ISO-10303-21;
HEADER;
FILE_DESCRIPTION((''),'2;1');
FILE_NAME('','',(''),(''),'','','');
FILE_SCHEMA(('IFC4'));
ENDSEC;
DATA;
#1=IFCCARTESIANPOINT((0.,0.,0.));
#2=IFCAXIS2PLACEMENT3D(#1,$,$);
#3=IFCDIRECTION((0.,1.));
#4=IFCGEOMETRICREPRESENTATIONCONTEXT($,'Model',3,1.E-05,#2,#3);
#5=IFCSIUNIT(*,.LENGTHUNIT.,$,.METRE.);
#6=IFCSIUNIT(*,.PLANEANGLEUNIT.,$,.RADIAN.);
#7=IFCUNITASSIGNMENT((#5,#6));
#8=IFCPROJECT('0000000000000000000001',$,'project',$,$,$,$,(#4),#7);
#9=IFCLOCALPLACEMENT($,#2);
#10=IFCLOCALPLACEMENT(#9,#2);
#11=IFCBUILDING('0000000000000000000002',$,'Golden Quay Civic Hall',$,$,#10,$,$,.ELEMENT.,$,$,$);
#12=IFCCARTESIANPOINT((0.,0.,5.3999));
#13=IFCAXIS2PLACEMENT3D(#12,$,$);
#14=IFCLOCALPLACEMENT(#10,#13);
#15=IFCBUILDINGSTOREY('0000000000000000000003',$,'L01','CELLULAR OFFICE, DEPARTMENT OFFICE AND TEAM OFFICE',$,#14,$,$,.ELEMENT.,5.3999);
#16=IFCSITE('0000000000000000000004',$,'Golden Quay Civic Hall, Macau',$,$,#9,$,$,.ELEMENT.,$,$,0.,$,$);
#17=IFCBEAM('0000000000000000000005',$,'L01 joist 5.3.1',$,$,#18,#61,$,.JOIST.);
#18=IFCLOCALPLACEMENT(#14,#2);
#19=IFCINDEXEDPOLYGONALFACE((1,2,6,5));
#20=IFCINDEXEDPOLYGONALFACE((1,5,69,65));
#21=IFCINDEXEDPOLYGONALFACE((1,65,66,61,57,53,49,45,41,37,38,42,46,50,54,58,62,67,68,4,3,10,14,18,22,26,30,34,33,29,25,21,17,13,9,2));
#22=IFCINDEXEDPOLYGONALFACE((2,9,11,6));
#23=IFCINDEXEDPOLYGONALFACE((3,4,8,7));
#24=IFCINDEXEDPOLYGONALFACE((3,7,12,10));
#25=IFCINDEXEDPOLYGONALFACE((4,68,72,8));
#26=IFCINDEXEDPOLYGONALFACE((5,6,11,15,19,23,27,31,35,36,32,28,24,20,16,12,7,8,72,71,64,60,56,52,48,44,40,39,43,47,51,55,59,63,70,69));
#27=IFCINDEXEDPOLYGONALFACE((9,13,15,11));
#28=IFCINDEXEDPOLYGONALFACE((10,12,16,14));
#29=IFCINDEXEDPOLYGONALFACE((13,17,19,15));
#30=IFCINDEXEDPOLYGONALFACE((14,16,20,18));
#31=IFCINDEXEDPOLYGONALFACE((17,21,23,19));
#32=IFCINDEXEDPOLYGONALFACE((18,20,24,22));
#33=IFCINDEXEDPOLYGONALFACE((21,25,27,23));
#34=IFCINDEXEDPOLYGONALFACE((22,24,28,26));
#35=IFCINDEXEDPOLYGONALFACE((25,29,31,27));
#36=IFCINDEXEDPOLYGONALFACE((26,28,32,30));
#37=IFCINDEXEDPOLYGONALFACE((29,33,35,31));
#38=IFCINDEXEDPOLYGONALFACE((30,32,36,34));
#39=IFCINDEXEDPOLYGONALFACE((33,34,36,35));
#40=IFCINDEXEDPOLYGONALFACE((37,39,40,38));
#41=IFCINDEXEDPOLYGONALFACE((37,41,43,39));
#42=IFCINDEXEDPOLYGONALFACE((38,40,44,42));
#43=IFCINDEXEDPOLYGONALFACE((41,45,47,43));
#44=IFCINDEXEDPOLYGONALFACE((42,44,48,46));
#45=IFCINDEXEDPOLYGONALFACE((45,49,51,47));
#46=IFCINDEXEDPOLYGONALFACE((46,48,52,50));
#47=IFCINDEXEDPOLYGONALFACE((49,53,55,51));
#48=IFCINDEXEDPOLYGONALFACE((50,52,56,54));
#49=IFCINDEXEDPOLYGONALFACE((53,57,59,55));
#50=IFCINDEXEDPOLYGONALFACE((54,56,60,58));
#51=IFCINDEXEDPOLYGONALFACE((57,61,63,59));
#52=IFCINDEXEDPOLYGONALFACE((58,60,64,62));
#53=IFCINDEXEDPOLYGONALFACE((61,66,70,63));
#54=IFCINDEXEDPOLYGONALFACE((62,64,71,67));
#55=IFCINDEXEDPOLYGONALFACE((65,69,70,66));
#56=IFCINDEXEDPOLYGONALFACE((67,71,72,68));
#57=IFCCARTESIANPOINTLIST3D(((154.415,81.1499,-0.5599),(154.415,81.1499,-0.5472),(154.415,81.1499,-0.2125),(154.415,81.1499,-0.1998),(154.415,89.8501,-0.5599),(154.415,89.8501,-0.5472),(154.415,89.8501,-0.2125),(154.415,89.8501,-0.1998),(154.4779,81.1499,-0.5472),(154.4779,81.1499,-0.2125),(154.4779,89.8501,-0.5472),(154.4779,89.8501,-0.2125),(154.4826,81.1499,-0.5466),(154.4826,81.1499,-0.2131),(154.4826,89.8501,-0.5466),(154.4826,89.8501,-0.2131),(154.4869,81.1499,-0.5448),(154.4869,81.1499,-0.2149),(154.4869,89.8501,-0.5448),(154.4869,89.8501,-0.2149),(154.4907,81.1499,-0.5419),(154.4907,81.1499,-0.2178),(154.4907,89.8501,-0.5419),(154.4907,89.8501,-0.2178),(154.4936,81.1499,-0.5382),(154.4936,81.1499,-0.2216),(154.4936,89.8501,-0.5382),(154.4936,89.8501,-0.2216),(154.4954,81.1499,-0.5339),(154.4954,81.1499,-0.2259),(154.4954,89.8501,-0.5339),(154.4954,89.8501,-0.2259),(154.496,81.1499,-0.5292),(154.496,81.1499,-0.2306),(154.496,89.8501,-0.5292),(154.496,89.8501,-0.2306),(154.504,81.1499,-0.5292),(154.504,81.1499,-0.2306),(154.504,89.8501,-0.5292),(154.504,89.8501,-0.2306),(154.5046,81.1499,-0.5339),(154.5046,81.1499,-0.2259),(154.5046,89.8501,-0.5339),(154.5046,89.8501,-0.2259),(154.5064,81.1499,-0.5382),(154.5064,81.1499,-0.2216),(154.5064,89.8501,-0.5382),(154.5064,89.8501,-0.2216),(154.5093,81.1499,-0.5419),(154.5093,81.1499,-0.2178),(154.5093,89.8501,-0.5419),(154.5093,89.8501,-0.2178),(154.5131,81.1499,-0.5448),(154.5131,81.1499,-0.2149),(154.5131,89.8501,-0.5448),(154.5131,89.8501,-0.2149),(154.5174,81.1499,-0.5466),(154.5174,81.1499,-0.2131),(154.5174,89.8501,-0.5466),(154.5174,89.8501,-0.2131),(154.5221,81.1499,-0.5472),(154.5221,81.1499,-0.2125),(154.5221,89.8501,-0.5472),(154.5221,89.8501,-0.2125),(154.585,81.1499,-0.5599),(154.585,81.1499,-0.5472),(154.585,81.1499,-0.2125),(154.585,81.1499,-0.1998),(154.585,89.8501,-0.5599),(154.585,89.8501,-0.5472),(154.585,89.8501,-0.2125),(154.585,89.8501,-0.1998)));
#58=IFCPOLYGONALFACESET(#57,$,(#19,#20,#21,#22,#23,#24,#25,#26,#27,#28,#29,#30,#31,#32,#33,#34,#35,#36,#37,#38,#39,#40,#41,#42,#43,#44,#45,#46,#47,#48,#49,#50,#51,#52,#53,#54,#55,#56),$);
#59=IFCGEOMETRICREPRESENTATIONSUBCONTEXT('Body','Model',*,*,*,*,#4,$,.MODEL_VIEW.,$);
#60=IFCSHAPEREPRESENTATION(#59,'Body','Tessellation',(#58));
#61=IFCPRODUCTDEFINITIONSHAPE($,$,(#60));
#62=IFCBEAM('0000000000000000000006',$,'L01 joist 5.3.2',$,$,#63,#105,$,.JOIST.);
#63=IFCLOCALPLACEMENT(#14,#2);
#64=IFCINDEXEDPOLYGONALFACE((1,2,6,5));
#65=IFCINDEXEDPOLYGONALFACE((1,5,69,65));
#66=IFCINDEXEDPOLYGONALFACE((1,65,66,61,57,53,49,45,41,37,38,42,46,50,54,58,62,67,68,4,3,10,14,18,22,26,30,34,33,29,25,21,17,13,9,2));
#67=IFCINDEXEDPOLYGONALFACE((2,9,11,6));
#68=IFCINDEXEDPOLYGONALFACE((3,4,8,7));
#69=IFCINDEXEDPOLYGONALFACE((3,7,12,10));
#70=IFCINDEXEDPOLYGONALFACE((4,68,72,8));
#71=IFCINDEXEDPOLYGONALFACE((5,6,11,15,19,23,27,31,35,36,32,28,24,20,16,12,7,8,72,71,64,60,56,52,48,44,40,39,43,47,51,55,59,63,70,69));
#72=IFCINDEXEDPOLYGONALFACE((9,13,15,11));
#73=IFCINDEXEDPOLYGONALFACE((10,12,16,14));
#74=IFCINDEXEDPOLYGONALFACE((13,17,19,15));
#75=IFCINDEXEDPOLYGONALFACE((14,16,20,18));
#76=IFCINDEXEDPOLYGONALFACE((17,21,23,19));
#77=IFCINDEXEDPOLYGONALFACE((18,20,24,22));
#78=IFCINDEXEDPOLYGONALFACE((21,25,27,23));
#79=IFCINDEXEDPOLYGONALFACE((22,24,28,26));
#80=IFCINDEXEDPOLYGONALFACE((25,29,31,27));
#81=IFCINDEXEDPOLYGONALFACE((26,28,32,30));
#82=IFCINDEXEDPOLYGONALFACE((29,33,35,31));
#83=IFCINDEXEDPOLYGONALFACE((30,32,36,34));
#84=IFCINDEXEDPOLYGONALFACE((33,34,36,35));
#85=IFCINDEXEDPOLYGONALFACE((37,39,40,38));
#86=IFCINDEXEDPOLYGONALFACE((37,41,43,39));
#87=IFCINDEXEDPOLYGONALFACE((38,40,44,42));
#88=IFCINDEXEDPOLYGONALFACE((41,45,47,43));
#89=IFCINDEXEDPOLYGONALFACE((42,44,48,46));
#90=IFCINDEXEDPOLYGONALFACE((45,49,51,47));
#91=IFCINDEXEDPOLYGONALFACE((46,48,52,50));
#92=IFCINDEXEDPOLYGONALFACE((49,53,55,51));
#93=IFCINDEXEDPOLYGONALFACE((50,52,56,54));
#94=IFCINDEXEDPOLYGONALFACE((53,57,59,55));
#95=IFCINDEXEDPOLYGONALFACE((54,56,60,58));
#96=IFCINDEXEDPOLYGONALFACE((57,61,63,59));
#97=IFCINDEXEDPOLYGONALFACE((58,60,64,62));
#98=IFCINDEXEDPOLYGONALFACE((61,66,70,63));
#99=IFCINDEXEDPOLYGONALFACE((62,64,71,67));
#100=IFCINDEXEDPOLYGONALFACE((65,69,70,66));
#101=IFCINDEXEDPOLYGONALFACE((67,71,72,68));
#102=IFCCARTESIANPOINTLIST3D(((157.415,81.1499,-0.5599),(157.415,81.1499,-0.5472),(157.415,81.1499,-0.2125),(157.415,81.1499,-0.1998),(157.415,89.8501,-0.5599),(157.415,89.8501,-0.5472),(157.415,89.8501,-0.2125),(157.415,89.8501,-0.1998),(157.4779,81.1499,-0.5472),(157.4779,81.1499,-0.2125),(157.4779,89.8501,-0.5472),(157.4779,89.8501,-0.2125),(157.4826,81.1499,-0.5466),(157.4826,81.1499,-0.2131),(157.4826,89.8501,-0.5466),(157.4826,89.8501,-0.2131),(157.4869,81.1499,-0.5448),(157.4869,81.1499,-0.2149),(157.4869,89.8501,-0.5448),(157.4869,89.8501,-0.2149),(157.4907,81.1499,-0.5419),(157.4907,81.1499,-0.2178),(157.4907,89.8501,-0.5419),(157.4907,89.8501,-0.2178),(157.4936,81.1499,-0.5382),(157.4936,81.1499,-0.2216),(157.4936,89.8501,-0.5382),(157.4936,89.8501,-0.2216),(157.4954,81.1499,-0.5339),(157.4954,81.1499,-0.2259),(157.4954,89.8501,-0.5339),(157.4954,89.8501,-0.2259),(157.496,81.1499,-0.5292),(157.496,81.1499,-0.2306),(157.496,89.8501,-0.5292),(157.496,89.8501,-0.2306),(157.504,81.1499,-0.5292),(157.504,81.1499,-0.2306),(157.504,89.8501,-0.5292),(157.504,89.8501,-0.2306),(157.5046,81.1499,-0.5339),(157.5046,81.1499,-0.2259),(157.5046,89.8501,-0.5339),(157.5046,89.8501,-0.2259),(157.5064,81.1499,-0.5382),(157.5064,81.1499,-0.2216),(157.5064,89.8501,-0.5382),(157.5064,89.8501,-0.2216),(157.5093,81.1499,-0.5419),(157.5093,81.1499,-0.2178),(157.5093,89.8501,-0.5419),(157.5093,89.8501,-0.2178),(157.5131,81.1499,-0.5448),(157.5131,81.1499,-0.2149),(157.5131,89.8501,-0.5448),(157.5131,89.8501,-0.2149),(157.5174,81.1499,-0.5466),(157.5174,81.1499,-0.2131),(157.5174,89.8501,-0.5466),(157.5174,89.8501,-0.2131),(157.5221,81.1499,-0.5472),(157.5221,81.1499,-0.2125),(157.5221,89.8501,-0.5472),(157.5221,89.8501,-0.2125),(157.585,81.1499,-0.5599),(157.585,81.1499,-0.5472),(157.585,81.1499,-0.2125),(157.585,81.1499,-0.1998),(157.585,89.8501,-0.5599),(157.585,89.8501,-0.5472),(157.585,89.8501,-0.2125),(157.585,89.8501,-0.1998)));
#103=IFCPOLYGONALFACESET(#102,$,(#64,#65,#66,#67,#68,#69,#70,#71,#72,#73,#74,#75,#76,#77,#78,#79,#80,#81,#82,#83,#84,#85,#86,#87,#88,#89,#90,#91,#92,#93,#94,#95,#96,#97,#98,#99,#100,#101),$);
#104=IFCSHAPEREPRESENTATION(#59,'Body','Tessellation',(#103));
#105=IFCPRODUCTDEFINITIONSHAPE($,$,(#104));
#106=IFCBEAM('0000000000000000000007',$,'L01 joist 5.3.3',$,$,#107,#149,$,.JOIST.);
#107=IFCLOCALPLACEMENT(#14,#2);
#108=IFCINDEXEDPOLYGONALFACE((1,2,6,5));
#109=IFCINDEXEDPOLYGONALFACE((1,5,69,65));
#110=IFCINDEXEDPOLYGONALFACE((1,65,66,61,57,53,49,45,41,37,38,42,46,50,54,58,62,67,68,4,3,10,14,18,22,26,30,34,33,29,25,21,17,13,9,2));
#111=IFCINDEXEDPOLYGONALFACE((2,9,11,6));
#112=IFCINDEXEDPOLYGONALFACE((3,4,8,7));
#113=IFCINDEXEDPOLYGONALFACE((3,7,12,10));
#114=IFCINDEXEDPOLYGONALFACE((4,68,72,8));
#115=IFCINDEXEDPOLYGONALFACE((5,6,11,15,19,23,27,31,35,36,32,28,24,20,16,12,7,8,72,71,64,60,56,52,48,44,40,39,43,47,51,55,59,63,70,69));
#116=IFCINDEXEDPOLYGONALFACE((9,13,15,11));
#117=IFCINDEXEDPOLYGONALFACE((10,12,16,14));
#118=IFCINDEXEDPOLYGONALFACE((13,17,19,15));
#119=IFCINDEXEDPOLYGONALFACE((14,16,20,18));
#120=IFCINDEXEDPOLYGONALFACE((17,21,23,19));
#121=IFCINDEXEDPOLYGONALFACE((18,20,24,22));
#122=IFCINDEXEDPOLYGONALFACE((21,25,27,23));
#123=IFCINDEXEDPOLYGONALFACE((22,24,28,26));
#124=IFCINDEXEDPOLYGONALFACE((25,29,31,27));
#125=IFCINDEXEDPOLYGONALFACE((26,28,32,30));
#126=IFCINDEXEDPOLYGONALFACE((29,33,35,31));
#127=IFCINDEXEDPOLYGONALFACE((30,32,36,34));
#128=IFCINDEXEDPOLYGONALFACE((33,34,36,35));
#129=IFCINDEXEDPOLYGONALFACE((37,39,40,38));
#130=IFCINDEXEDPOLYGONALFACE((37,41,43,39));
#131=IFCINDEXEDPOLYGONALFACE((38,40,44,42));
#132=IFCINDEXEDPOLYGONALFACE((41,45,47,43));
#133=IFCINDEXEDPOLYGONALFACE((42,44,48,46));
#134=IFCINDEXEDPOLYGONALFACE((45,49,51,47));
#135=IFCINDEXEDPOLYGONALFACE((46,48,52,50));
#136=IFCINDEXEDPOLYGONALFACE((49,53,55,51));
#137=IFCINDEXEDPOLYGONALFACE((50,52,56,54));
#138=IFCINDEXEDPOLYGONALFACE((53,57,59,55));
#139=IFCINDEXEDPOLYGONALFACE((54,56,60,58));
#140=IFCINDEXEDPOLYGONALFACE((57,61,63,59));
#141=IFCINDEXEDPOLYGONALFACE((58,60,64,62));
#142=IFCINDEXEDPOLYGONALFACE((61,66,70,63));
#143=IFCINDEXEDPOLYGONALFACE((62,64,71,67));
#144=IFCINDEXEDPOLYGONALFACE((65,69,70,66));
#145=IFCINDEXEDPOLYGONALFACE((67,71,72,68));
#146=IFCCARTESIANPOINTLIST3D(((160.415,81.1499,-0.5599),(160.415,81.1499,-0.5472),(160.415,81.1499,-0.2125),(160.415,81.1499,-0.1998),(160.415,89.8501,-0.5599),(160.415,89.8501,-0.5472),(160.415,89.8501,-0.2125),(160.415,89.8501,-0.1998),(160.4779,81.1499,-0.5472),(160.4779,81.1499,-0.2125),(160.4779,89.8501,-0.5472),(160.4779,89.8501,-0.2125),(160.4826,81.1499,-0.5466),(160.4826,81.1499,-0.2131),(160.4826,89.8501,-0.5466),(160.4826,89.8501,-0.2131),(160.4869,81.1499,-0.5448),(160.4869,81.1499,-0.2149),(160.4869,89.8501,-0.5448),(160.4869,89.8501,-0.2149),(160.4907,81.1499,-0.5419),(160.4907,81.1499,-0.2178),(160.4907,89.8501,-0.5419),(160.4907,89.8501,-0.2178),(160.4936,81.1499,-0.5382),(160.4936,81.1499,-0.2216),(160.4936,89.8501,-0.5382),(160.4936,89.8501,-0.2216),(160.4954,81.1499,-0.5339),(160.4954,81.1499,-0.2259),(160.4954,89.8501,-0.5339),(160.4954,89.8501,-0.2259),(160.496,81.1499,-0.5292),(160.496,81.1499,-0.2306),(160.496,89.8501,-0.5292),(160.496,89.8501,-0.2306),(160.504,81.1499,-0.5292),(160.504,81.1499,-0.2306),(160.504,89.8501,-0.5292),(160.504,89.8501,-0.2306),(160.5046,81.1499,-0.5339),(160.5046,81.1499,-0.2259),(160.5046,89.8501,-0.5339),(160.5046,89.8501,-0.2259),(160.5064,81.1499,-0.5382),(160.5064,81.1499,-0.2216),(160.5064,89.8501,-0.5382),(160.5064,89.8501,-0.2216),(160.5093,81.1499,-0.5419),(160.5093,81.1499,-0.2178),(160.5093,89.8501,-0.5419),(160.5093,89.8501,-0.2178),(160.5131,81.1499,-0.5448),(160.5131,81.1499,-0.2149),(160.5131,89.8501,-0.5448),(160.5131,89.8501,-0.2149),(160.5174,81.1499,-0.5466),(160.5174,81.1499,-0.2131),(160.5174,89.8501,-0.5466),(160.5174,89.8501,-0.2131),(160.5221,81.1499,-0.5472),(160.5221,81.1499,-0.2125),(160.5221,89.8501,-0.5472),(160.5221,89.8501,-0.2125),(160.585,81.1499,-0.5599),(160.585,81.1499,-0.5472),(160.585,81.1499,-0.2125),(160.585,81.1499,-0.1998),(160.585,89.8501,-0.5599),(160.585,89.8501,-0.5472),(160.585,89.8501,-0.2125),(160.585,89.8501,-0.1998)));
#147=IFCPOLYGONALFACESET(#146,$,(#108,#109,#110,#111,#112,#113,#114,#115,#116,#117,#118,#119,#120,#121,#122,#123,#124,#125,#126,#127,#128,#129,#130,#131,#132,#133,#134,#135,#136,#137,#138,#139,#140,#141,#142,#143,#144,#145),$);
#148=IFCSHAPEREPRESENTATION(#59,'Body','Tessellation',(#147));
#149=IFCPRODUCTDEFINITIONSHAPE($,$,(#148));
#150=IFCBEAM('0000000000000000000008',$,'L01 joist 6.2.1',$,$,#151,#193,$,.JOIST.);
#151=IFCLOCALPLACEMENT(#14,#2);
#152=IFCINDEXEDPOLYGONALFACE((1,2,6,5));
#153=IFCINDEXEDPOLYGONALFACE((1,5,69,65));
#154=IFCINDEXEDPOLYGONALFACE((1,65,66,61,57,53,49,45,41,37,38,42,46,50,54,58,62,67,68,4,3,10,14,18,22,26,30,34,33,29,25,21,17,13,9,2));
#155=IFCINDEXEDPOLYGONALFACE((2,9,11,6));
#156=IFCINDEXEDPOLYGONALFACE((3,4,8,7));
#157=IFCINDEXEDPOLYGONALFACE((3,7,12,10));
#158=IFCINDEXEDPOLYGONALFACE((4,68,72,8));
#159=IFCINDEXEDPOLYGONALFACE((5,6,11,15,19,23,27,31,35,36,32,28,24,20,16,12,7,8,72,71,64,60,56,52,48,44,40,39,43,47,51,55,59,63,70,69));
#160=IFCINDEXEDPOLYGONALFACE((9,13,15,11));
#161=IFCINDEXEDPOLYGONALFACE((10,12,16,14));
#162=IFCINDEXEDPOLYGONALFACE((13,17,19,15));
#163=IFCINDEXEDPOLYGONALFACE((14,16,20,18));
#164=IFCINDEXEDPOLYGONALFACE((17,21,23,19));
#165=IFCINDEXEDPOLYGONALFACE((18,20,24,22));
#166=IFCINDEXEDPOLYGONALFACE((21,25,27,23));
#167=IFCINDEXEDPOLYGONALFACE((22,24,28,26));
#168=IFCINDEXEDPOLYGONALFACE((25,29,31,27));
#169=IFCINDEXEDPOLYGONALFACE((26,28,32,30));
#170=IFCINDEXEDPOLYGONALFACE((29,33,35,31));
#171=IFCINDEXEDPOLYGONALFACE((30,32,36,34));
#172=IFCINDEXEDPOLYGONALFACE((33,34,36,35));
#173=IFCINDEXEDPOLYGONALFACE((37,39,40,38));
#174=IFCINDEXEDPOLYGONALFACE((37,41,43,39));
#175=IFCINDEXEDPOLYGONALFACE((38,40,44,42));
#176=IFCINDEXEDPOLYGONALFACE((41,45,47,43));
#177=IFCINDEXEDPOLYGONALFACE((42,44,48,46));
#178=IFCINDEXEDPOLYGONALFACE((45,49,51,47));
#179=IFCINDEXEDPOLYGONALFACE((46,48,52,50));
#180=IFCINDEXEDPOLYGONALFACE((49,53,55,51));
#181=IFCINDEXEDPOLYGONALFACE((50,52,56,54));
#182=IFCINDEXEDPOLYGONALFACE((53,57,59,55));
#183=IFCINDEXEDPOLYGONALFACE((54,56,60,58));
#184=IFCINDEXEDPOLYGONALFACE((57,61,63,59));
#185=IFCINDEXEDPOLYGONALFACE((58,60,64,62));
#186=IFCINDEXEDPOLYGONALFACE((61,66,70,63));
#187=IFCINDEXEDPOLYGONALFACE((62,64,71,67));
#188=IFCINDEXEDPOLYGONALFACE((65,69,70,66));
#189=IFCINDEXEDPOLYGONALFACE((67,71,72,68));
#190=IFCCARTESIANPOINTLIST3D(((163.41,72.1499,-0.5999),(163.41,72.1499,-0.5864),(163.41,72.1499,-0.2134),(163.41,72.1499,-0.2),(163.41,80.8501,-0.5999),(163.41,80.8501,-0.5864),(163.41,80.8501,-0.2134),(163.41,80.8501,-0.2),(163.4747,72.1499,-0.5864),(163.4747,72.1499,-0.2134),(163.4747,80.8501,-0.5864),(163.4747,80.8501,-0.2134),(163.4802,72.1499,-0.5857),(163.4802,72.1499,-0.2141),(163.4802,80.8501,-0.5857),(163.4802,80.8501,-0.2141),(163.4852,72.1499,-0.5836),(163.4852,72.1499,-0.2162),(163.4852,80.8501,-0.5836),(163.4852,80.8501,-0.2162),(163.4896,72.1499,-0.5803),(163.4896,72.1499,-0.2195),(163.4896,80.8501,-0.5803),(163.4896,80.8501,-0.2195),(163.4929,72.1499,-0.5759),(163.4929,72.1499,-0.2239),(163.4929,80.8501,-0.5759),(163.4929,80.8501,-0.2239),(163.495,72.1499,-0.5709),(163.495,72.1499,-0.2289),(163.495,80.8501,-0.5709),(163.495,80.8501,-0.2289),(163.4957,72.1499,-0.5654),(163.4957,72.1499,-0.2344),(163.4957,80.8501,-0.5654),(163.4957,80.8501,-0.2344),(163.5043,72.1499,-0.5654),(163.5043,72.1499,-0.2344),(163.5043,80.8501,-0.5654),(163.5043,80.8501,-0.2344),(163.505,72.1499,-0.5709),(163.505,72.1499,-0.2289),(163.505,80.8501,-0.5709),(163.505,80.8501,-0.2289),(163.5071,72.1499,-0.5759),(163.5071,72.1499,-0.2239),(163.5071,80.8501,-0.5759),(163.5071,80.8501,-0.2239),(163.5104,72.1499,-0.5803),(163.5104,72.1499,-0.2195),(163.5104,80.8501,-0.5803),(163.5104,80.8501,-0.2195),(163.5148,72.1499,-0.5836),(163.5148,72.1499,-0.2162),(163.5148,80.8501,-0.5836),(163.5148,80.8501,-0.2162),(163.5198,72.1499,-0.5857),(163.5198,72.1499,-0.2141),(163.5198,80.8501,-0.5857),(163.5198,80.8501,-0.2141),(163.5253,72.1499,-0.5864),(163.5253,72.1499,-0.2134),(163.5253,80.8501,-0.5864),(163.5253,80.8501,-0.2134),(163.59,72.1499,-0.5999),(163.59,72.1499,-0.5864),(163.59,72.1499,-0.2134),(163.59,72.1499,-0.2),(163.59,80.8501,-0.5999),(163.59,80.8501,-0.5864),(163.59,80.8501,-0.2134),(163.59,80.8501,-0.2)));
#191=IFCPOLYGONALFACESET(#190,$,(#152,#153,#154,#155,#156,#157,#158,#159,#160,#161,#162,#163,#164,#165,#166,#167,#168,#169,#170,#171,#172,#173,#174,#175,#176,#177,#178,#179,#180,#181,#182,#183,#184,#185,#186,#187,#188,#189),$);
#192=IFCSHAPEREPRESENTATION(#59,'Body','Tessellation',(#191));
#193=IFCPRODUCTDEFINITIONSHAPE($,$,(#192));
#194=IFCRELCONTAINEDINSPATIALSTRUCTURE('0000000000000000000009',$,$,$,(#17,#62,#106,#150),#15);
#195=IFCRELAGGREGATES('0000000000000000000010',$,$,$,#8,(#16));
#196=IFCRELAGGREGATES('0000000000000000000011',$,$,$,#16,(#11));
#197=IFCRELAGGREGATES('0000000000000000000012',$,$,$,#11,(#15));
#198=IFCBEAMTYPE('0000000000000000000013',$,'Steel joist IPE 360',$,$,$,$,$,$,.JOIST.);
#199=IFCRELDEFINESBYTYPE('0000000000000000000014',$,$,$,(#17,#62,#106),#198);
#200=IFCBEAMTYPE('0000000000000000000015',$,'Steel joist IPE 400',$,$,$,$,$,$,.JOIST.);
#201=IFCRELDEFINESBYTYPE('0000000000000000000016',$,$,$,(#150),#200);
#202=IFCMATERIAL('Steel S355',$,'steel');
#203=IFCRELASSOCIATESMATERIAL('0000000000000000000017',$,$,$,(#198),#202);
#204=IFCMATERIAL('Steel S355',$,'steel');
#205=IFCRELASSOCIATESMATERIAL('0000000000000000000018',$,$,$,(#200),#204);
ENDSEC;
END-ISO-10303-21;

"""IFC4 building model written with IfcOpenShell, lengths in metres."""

from ifc_helpers import new_model, si_unit, direction, frame, origin, origin_2d, place, context, subcontext, project, spatial, i_section, extrude, material, material_profile, profile_set, type_object, element, save


model = new_model("IFC4")

# Units and contexts
model_context = context("Model", 3, precision=1e-05, world=origin(), true_north=direction((0.0, 1.0)))
body_context = subcontext(model_context, "Body", "Model", "MODEL_VIEW")
ifc_project = project(units=[si_unit("LENGTHUNIT", "METRE"), si_unit("PLANEANGLEUNIT", "RADIAN")], contexts=[model_context])

# Site, building, storey
site_placement = place(None, origin())
site = spatial("IfcSite", under=ifc_project, at=site_placement, Name="Golden Quay Civic Hall, Macau", CompositionType="ELEMENT", RefElevation=0.0)
building_placement = place(site_placement, origin())
building = spatial("IfcBuilding", under=site, at=building_placement, Name="Golden Quay Civic Hall", CompositionType="ELEMENT")
storey_placement = place(building_placement, frame((0.0, 0.0, 5.3999)))
storey = spatial("IfcBuildingStorey", under=building, at=storey_placement, Name="L01", Description="CELLULAR OFFICE, DEPARTMENT OFFICE AND TEAM OFFICE", CompositionType="ELEMENT", Elevation=5.3999)

# Beams
ifc_material_1 = material(Name="Steel S355", Category="steel")
ifc_material_profile_1 = material_profile(ifc_material_1, i_section(OverallWidth=0.1699, OverallDepth=0.3601, WebThickness=0.0081, FlangeThickness=0.0127, FilletRadius=0.0181, at=origin_2d()), Name="IPE 360")
ifc_profile_set_1 = profile_set([ifc_material_profile_1], Name="Steel S355")
beam_type_1 = type_object("IfcBeamType", Name="Steel joist IPE 360", PredefinedType="JOIST", material=ifc_profile_set_1)
for number, where, z_axis, x_axis, name in (
    (1, (154.5, 81.1499, -0.3799), (0.0, 1.0, 0.0), (-1.0, 0.0, 0.0), "L01 joist 5.3.1"),
    (2, (157.5, 81.1499, -0.3799), (0.0, 1.0, 0.0), (-1.0, 0.0, 0.0), "L01 joist 5.3.2"),
    (3, (160.5, 81.1499, -0.3799), (0.0, 1.0, 0.0), (-1.0, 0.0, 0.0), "L01 joist 5.3.3"),
):
    element("IfcBeam", number, at=place(storey_placement, frame(where, z_axis=z_axis, x_axis=x_axis)), inside=storey, type_object=beam_type_1, Name=name, PredefinedType="JOIST", context=body_context, shape_type="SweptSolid", body=[
        extrude(i_section(OverallWidth=0.1699, OverallDepth=0.3601, WebThickness=0.0081, FlangeThickness=0.0127, FilletRadius=0.0181, at=origin_2d()), origin(), (0.0, 0.0, 1.0), 8.7002),
    ])
ifc_material_2 = material(Name="Steel S355", Category="steel")
ifc_material_profile_2 = material_profile(ifc_material_2, i_section(OverallWidth=0.1799, OverallDepth=0.3999, WebThickness=0.0085, FlangeThickness=0.0134, FilletRadius=0.021, at=origin_2d()), Name="IPE 400")
ifc_profile_set_2 = profile_set([ifc_material_profile_2], Name="Steel S355")
beam_type_2 = type_object("IfcBeamType", Name="Steel joist IPE 400", PredefinedType="JOIST", material=ifc_profile_set_2)
for number, where, z_axis, x_axis, name in (
    (4, (163.5, 72.1499, -0.3999), (0.0, 1.0, 0.0), (-1.0, 0.0, 0.0), "L01 joist 6.2.1"),
):
    element("IfcBeam", number, at=place(storey_placement, frame(where, z_axis=z_axis, x_axis=x_axis)), inside=storey, type_object=beam_type_2, Name=name, PredefinedType="JOIST", context=body_context, shape_type="SweptSolid", body=[
        extrude(i_section(OverallWidth=0.1799, OverallDepth=0.3999, WebThickness=0.0085, FlangeThickness=0.0134, FilletRadius=0.021, at=origin_2d()), origin(), (0.0, 0.0, 1.0), 8.7002),
    ])

save(model, "model.ifc")
